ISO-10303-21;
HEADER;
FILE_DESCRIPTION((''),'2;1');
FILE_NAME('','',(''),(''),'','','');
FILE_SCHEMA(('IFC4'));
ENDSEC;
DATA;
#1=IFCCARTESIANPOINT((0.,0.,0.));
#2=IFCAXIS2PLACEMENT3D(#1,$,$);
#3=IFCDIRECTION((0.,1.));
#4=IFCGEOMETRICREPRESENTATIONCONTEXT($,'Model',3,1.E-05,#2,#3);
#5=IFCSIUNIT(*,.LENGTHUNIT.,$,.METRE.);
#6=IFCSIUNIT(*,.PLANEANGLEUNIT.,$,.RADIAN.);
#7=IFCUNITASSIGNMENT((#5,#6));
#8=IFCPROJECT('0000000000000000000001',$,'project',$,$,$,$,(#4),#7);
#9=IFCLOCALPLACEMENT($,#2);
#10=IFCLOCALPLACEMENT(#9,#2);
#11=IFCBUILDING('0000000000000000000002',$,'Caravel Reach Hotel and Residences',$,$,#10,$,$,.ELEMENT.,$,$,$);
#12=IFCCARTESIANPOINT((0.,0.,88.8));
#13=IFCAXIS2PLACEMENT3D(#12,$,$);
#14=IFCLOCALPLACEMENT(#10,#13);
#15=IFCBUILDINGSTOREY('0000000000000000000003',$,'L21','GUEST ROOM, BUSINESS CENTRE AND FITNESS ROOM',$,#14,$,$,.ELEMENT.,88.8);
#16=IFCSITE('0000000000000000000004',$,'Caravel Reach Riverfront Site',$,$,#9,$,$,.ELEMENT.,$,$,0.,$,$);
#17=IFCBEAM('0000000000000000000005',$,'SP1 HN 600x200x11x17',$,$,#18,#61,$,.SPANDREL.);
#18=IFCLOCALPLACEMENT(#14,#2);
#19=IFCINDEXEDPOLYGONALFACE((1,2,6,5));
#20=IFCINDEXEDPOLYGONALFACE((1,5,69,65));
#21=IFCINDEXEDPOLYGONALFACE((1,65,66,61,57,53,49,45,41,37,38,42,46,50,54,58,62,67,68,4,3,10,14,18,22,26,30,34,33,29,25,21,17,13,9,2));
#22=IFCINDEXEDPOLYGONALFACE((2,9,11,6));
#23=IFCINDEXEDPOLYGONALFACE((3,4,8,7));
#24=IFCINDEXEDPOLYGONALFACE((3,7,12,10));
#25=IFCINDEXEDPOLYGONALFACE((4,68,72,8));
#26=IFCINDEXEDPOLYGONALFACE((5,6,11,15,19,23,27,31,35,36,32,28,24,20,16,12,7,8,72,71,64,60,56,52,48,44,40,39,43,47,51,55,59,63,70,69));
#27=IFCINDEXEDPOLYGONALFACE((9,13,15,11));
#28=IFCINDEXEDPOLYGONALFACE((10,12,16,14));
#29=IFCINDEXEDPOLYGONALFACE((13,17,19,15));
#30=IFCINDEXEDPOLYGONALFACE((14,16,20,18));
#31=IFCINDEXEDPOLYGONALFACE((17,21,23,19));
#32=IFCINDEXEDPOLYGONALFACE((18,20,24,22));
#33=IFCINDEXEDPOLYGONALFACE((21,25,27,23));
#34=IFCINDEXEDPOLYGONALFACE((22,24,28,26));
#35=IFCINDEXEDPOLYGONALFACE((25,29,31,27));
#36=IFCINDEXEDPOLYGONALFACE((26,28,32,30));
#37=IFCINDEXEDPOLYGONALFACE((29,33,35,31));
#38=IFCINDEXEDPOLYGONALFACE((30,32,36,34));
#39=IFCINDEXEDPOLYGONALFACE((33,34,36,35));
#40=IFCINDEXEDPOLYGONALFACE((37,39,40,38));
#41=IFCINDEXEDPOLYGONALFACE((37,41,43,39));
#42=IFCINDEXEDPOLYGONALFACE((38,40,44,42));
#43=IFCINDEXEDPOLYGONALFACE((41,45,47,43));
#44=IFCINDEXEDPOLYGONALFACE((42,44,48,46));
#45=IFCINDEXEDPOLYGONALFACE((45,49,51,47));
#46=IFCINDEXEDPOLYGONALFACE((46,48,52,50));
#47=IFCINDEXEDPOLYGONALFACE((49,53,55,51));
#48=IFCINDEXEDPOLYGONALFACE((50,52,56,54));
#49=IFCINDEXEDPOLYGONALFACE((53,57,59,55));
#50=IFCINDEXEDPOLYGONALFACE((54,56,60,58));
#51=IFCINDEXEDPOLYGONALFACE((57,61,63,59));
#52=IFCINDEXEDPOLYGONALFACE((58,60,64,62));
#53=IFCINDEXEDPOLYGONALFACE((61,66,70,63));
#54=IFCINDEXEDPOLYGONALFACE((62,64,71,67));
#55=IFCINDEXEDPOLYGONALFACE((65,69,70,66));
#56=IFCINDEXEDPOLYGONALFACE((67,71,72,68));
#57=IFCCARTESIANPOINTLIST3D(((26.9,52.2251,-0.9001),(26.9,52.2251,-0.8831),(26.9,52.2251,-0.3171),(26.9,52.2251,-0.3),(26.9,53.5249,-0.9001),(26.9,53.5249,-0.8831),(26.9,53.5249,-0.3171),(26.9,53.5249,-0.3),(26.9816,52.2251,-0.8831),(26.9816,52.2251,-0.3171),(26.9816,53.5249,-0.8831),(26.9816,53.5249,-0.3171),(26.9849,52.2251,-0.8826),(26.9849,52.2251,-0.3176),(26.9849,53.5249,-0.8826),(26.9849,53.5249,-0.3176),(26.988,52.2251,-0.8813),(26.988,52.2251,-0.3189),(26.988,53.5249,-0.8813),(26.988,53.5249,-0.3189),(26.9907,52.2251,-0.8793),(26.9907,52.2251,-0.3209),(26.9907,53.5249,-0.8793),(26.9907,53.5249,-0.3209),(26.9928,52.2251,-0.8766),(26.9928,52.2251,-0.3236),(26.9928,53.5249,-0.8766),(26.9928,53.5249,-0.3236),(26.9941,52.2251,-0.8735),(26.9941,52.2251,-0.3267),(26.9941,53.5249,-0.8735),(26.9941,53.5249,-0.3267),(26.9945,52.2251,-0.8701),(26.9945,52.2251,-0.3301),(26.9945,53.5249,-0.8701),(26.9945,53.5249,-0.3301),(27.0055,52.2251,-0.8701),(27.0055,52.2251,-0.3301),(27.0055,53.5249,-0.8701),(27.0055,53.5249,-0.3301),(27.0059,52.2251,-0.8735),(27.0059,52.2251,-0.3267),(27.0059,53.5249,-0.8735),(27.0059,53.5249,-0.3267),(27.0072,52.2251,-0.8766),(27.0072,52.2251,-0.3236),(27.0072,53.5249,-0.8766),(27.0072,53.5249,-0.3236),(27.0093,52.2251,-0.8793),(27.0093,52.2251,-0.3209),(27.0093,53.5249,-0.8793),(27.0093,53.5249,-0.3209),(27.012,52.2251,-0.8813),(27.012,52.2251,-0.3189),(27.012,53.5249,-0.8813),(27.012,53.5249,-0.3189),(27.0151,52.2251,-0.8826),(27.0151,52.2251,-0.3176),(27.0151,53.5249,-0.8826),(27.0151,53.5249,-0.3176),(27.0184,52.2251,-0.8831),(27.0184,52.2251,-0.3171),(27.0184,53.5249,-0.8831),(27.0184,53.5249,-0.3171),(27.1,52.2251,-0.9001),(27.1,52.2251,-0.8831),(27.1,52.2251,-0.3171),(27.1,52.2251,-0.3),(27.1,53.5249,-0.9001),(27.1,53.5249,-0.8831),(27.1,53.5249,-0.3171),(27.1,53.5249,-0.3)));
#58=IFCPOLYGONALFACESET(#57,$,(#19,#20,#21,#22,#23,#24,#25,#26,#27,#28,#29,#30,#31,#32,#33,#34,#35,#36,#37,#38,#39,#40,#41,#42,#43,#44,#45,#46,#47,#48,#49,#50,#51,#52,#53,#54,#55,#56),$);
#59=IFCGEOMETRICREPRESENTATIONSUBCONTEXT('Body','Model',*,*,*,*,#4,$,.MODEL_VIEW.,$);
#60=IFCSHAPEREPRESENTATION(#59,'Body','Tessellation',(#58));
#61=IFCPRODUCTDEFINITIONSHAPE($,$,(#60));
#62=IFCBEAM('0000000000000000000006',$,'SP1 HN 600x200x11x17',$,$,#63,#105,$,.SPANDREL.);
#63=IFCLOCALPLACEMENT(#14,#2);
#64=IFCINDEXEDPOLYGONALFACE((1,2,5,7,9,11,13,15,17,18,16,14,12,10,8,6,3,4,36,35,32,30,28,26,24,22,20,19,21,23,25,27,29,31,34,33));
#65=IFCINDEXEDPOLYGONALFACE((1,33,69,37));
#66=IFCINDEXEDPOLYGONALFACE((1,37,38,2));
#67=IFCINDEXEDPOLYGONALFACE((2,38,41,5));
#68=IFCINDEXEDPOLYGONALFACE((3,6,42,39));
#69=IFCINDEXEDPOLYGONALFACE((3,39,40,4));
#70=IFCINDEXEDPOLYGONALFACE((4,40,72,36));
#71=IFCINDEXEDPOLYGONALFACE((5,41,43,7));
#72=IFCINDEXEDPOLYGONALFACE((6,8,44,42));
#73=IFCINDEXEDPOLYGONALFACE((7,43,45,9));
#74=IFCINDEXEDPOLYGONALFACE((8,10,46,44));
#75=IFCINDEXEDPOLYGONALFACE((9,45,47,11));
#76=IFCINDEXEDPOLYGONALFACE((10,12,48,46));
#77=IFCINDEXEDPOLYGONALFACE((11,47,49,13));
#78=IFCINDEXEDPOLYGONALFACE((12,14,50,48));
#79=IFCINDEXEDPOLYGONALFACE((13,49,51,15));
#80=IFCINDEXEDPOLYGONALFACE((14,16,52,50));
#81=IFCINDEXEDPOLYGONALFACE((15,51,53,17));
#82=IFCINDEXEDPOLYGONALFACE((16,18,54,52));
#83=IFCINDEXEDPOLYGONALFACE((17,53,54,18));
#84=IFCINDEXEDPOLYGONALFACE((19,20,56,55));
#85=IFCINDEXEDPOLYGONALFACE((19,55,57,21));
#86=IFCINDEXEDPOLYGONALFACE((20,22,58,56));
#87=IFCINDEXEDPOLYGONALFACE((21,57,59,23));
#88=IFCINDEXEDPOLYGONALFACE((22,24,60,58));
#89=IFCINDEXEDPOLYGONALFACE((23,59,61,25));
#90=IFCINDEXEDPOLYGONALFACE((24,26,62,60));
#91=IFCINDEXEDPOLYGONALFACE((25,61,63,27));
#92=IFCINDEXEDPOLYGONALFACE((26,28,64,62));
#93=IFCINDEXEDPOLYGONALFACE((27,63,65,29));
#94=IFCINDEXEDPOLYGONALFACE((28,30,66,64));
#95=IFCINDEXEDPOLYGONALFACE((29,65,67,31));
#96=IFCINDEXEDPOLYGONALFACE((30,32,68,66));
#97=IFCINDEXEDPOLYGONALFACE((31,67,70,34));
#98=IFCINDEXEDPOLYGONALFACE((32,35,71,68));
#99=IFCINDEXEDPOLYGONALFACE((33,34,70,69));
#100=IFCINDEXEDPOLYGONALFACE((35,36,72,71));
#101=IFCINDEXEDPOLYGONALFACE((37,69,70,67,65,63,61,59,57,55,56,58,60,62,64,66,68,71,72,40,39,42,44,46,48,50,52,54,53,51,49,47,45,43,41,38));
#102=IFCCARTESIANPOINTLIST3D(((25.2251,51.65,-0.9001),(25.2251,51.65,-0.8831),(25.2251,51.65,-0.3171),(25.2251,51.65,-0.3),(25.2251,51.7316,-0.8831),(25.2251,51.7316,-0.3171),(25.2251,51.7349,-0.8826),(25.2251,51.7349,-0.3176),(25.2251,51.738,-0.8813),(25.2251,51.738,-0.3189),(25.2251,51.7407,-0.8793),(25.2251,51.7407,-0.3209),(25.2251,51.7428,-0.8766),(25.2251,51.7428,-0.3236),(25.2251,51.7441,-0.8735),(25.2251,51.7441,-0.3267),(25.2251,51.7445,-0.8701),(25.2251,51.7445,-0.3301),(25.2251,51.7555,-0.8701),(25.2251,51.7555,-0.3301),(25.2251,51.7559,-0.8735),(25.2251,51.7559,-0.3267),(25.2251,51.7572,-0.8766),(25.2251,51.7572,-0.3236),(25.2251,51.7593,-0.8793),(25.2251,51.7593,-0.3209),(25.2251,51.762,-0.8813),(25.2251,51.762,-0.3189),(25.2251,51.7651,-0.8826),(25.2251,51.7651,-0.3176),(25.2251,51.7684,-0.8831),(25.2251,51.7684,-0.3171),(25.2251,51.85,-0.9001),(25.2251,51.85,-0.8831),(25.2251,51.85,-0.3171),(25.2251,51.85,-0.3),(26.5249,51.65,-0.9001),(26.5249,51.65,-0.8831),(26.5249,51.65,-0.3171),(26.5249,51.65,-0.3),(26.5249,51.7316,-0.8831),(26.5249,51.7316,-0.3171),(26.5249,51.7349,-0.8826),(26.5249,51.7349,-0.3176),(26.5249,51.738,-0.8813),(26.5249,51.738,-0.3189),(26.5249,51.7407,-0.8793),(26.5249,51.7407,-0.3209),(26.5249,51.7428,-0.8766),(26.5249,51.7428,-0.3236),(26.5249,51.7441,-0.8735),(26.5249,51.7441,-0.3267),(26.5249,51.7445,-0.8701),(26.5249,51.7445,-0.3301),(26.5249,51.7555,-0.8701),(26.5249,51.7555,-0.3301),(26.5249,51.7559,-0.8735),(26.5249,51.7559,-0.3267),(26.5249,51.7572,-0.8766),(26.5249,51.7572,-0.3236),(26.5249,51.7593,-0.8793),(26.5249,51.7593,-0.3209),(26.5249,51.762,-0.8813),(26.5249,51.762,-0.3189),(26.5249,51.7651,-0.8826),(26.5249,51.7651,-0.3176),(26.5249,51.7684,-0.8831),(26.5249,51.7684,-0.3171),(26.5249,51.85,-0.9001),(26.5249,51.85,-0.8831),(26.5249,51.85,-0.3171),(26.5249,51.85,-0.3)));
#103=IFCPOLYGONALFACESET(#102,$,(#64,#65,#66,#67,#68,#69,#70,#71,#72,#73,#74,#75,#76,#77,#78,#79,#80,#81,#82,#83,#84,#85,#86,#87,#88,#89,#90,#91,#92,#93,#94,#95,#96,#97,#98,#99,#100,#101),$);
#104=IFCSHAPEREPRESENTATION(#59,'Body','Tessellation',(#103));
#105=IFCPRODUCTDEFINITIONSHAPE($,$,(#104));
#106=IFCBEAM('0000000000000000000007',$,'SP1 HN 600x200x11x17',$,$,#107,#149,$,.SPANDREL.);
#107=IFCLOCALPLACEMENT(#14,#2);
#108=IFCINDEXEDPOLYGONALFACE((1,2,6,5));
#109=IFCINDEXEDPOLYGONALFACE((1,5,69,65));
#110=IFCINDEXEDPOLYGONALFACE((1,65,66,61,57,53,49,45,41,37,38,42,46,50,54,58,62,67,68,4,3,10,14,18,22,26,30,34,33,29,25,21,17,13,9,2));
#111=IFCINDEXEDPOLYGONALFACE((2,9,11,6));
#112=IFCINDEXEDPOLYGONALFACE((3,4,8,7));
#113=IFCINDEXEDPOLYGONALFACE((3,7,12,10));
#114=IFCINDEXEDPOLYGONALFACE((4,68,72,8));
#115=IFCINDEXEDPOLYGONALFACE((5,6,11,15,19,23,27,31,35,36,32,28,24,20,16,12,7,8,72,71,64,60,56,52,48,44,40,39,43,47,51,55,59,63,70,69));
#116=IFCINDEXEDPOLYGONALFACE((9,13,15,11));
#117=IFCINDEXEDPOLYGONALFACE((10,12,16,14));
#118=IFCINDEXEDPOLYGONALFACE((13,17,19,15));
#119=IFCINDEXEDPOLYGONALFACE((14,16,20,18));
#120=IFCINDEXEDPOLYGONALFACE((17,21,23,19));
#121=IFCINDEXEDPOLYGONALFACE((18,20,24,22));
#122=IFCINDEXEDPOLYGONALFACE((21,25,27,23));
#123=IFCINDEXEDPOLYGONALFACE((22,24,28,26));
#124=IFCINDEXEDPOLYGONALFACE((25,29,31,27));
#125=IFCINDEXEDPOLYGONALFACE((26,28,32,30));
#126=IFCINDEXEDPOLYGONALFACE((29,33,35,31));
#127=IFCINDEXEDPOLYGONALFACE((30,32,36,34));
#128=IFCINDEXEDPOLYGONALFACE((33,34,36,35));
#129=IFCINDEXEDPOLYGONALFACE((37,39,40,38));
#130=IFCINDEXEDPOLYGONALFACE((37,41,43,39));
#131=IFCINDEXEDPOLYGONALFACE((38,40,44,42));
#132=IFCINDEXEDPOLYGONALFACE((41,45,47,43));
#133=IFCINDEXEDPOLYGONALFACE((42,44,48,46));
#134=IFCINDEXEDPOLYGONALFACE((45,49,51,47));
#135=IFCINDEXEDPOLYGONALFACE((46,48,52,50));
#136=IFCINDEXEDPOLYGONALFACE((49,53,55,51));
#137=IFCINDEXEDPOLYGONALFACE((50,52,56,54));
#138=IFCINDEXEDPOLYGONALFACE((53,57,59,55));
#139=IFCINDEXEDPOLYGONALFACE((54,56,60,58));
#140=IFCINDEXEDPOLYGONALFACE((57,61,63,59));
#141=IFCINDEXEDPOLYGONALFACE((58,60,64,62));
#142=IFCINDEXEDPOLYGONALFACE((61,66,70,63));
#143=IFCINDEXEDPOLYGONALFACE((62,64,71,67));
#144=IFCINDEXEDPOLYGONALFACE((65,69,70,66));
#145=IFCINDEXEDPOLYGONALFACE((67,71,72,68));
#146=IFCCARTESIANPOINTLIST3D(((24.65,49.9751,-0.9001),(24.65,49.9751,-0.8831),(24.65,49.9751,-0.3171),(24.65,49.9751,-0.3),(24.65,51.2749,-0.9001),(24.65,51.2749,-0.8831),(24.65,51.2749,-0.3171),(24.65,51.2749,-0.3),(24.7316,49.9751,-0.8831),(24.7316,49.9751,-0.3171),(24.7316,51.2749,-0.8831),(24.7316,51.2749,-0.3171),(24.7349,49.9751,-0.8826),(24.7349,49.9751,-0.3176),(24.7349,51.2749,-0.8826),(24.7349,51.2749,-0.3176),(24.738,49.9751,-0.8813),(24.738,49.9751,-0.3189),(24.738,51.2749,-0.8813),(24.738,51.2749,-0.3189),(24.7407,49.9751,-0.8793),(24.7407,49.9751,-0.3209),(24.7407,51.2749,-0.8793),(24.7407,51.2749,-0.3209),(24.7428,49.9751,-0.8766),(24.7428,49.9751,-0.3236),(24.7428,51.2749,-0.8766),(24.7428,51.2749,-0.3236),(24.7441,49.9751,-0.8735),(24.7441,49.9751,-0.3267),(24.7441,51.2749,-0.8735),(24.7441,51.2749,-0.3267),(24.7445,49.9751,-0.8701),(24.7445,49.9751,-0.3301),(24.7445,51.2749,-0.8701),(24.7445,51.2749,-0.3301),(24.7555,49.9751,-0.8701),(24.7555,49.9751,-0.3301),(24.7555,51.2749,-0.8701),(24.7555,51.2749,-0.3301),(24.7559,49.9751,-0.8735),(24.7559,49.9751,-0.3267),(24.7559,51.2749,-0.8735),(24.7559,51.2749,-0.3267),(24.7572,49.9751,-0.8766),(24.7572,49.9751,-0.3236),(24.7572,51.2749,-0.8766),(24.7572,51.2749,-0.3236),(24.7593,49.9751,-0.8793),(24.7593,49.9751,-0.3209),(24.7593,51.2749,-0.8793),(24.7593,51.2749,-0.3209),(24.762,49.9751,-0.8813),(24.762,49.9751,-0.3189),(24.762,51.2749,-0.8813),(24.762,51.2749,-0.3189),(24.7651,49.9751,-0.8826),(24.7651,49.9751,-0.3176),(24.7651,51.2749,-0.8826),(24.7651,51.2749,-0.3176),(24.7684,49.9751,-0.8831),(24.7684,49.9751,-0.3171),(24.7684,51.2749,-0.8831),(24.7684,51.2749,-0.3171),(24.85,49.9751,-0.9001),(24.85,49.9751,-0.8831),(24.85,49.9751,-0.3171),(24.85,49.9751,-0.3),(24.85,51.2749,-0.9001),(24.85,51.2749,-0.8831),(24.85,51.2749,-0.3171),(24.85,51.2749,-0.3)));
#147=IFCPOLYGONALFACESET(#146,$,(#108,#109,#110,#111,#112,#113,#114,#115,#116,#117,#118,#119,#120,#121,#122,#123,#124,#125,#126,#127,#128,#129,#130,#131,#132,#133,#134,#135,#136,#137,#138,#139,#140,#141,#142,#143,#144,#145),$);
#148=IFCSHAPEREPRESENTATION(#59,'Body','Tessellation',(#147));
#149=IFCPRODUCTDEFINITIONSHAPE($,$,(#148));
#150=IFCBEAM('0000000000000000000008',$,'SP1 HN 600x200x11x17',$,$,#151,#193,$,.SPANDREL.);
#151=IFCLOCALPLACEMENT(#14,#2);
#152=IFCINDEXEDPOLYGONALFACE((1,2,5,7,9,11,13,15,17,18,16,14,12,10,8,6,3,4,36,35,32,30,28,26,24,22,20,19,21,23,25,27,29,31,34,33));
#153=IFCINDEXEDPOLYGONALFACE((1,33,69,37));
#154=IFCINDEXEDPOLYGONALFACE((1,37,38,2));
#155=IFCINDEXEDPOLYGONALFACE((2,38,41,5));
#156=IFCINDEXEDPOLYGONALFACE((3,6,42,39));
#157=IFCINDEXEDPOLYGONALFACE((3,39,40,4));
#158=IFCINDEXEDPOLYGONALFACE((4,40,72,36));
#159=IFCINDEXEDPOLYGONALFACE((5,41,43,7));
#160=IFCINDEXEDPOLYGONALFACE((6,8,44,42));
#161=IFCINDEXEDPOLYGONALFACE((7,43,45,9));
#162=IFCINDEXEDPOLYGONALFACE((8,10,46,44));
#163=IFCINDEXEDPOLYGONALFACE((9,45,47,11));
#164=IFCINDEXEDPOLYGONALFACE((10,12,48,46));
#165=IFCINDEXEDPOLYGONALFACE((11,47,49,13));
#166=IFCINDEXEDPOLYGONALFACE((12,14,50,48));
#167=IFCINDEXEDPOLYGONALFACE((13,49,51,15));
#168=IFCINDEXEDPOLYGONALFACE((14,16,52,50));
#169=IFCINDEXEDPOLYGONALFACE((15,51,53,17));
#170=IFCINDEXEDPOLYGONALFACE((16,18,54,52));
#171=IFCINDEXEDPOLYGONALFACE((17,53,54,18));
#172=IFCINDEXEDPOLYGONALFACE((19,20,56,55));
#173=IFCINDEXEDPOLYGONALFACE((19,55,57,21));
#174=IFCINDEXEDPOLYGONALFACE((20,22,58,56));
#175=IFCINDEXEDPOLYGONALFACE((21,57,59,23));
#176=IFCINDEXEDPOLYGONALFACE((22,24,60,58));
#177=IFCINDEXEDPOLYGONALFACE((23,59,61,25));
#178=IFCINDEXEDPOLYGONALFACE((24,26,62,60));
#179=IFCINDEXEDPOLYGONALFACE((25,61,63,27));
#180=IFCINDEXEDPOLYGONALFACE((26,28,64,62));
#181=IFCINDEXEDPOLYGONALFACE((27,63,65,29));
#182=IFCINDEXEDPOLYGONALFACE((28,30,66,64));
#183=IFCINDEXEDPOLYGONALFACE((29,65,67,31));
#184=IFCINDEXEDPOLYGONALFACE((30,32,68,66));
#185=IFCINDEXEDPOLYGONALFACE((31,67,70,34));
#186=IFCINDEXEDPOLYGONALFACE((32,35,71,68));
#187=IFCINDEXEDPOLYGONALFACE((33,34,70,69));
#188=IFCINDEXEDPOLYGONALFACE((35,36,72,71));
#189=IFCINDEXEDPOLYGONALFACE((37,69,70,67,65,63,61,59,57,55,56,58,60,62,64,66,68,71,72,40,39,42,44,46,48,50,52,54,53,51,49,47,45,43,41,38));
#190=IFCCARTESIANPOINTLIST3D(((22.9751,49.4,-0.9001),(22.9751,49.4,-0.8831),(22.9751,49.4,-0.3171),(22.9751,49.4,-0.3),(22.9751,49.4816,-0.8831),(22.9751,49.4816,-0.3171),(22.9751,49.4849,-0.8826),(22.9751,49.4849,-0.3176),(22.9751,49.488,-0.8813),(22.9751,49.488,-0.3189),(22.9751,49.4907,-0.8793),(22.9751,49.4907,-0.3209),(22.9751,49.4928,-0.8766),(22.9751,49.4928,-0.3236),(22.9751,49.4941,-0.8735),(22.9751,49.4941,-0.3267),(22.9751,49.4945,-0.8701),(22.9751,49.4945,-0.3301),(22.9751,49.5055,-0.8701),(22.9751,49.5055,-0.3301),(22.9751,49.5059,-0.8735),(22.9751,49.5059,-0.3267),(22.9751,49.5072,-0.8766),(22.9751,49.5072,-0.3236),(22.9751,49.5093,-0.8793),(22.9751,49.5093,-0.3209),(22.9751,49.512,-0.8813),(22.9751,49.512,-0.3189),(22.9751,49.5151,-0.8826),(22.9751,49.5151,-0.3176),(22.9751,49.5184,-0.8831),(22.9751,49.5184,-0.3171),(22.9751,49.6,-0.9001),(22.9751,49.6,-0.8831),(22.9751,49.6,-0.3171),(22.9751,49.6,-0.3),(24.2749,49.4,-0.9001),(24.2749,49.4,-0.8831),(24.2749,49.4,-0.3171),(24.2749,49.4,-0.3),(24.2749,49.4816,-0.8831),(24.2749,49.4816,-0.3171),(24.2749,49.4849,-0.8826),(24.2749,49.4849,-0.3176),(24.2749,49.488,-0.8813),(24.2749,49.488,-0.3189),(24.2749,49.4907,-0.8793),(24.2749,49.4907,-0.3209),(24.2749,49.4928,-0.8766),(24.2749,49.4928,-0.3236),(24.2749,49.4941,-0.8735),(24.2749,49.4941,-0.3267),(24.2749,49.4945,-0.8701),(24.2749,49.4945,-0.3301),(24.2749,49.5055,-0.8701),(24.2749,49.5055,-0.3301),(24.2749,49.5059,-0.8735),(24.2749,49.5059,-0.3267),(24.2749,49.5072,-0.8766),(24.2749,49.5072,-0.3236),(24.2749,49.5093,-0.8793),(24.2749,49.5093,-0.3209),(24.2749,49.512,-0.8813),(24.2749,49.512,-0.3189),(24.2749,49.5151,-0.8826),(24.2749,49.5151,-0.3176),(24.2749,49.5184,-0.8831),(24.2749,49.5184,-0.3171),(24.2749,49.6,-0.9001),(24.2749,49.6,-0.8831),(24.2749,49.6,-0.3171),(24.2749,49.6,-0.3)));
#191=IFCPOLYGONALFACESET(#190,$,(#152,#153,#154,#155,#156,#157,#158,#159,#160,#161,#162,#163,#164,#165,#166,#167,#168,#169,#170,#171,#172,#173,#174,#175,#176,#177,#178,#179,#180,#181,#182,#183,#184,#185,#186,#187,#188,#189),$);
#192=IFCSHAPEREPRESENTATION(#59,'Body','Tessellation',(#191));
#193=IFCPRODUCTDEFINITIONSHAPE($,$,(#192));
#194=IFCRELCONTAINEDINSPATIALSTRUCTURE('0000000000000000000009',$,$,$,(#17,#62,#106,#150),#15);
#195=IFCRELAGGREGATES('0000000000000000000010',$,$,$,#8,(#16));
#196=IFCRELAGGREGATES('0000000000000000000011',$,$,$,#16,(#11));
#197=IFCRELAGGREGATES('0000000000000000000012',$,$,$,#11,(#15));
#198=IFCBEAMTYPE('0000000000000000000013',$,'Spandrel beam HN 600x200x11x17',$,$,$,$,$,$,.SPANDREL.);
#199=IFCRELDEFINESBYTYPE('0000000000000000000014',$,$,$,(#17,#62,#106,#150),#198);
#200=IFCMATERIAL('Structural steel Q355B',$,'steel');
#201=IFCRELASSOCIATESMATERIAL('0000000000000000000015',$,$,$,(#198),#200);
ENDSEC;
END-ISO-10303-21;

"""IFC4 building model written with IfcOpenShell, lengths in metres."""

from ifc_helpers import new_model, si_unit, direction, frame, origin, origin_2d, place, context, subcontext, project, spatial, i_section, extrude, material, material_profile, profile_set, type_object, element, save


model = new_model("IFC4")

# Units and contexts
model_context = context("Model", 3, precision=1e-05, world=origin(), true_north=direction((0.0, 1.0)))
body_context = subcontext(model_context, "Body", "Model", "MODEL_VIEW")
ifc_project = project(units=[si_unit("LENGTHUNIT", "METRE"), si_unit("PLANEANGLEUNIT", "RADIAN")], contexts=[model_context])

# Site, building, storey
site_placement = place(None, origin())
site = spatial("IfcSite", under=ifc_project, at=site_placement, Name="Caravel Reach Riverfront Site", CompositionType="ELEMENT", RefElevation=0.0)
building_placement = place(site_placement, origin())
building = spatial("IfcBuilding", under=site, at=building_placement, Name="Caravel Reach Hotel and Residences", CompositionType="ELEMENT")
storey_placement = place(building_placement, frame((0.0, 0.0, 88.8)))
storey = spatial("IfcBuildingStorey", under=building, at=storey_placement, Name="L21", Description="GUEST ROOM, BUSINESS CENTRE AND FITNESS ROOM", CompositionType="ELEMENT", Elevation=88.8)

# Beams
ifc_material_1 = material(Name="Structural steel Q355B", Category="steel")
ifc_material_profile_1 = material_profile(ifc_material_1, i_section(OverallWidth=0.2, OverallDepth=0.6001, WebThickness=0.011, FlangeThickness=0.0171, FilletRadius=0.0129, at=origin_2d()), Name="HN 600x200x11x17")
ifc_profile_set_1 = profile_set([ifc_material_profile_1], Name="Structural steel Q355B")
beam_type_1 = type_object("IfcBeamType", Name="Spandrel beam HN 600x200x11x17", PredefinedType="SPANDREL", material=ifc_profile_set_1)
for number, where, z_axis, x_axis, name in (
    (1, (27.0, 53.5249, -0.6001), (0.0, -1.0, 0.0), (1.0, 0.0, 0.0), "SP1 HN 600x200x11x17"),
    (2, (26.5249, 51.75, -0.6001), (-1.0, 0.0, 0.0), (0.0, -1.0, 0.0), "SP1 HN 600x200x11x17"),
    (3, (24.75, 51.2749, -0.6001), (0.0, -1.0, 0.0), (1.0, 0.0, 0.0), "SP1 HN 600x200x11x17"),
    (4, (24.2749, 49.5, -0.6001), (-1.0, 0.0, 0.0), (0.0, -1.0, 0.0), "SP1 HN 600x200x11x17"),
):
    element("IfcBeam", number, at=place(storey_placement, frame(where, z_axis=z_axis, x_axis=x_axis)), inside=storey, type_object=beam_type_1, Name=name, PredefinedType="SPANDREL", context=body_context, shape_type="SweptSolid", body=[
        extrude(i_section(OverallWidth=0.2, OverallDepth=0.6001, WebThickness=0.011, FlangeThickness=0.0171, FilletRadius=0.0129, at=origin_2d()), origin(), (0.0, 0.0, 1.0), 1.2998),
    ])

save(model, "model.ifc")
